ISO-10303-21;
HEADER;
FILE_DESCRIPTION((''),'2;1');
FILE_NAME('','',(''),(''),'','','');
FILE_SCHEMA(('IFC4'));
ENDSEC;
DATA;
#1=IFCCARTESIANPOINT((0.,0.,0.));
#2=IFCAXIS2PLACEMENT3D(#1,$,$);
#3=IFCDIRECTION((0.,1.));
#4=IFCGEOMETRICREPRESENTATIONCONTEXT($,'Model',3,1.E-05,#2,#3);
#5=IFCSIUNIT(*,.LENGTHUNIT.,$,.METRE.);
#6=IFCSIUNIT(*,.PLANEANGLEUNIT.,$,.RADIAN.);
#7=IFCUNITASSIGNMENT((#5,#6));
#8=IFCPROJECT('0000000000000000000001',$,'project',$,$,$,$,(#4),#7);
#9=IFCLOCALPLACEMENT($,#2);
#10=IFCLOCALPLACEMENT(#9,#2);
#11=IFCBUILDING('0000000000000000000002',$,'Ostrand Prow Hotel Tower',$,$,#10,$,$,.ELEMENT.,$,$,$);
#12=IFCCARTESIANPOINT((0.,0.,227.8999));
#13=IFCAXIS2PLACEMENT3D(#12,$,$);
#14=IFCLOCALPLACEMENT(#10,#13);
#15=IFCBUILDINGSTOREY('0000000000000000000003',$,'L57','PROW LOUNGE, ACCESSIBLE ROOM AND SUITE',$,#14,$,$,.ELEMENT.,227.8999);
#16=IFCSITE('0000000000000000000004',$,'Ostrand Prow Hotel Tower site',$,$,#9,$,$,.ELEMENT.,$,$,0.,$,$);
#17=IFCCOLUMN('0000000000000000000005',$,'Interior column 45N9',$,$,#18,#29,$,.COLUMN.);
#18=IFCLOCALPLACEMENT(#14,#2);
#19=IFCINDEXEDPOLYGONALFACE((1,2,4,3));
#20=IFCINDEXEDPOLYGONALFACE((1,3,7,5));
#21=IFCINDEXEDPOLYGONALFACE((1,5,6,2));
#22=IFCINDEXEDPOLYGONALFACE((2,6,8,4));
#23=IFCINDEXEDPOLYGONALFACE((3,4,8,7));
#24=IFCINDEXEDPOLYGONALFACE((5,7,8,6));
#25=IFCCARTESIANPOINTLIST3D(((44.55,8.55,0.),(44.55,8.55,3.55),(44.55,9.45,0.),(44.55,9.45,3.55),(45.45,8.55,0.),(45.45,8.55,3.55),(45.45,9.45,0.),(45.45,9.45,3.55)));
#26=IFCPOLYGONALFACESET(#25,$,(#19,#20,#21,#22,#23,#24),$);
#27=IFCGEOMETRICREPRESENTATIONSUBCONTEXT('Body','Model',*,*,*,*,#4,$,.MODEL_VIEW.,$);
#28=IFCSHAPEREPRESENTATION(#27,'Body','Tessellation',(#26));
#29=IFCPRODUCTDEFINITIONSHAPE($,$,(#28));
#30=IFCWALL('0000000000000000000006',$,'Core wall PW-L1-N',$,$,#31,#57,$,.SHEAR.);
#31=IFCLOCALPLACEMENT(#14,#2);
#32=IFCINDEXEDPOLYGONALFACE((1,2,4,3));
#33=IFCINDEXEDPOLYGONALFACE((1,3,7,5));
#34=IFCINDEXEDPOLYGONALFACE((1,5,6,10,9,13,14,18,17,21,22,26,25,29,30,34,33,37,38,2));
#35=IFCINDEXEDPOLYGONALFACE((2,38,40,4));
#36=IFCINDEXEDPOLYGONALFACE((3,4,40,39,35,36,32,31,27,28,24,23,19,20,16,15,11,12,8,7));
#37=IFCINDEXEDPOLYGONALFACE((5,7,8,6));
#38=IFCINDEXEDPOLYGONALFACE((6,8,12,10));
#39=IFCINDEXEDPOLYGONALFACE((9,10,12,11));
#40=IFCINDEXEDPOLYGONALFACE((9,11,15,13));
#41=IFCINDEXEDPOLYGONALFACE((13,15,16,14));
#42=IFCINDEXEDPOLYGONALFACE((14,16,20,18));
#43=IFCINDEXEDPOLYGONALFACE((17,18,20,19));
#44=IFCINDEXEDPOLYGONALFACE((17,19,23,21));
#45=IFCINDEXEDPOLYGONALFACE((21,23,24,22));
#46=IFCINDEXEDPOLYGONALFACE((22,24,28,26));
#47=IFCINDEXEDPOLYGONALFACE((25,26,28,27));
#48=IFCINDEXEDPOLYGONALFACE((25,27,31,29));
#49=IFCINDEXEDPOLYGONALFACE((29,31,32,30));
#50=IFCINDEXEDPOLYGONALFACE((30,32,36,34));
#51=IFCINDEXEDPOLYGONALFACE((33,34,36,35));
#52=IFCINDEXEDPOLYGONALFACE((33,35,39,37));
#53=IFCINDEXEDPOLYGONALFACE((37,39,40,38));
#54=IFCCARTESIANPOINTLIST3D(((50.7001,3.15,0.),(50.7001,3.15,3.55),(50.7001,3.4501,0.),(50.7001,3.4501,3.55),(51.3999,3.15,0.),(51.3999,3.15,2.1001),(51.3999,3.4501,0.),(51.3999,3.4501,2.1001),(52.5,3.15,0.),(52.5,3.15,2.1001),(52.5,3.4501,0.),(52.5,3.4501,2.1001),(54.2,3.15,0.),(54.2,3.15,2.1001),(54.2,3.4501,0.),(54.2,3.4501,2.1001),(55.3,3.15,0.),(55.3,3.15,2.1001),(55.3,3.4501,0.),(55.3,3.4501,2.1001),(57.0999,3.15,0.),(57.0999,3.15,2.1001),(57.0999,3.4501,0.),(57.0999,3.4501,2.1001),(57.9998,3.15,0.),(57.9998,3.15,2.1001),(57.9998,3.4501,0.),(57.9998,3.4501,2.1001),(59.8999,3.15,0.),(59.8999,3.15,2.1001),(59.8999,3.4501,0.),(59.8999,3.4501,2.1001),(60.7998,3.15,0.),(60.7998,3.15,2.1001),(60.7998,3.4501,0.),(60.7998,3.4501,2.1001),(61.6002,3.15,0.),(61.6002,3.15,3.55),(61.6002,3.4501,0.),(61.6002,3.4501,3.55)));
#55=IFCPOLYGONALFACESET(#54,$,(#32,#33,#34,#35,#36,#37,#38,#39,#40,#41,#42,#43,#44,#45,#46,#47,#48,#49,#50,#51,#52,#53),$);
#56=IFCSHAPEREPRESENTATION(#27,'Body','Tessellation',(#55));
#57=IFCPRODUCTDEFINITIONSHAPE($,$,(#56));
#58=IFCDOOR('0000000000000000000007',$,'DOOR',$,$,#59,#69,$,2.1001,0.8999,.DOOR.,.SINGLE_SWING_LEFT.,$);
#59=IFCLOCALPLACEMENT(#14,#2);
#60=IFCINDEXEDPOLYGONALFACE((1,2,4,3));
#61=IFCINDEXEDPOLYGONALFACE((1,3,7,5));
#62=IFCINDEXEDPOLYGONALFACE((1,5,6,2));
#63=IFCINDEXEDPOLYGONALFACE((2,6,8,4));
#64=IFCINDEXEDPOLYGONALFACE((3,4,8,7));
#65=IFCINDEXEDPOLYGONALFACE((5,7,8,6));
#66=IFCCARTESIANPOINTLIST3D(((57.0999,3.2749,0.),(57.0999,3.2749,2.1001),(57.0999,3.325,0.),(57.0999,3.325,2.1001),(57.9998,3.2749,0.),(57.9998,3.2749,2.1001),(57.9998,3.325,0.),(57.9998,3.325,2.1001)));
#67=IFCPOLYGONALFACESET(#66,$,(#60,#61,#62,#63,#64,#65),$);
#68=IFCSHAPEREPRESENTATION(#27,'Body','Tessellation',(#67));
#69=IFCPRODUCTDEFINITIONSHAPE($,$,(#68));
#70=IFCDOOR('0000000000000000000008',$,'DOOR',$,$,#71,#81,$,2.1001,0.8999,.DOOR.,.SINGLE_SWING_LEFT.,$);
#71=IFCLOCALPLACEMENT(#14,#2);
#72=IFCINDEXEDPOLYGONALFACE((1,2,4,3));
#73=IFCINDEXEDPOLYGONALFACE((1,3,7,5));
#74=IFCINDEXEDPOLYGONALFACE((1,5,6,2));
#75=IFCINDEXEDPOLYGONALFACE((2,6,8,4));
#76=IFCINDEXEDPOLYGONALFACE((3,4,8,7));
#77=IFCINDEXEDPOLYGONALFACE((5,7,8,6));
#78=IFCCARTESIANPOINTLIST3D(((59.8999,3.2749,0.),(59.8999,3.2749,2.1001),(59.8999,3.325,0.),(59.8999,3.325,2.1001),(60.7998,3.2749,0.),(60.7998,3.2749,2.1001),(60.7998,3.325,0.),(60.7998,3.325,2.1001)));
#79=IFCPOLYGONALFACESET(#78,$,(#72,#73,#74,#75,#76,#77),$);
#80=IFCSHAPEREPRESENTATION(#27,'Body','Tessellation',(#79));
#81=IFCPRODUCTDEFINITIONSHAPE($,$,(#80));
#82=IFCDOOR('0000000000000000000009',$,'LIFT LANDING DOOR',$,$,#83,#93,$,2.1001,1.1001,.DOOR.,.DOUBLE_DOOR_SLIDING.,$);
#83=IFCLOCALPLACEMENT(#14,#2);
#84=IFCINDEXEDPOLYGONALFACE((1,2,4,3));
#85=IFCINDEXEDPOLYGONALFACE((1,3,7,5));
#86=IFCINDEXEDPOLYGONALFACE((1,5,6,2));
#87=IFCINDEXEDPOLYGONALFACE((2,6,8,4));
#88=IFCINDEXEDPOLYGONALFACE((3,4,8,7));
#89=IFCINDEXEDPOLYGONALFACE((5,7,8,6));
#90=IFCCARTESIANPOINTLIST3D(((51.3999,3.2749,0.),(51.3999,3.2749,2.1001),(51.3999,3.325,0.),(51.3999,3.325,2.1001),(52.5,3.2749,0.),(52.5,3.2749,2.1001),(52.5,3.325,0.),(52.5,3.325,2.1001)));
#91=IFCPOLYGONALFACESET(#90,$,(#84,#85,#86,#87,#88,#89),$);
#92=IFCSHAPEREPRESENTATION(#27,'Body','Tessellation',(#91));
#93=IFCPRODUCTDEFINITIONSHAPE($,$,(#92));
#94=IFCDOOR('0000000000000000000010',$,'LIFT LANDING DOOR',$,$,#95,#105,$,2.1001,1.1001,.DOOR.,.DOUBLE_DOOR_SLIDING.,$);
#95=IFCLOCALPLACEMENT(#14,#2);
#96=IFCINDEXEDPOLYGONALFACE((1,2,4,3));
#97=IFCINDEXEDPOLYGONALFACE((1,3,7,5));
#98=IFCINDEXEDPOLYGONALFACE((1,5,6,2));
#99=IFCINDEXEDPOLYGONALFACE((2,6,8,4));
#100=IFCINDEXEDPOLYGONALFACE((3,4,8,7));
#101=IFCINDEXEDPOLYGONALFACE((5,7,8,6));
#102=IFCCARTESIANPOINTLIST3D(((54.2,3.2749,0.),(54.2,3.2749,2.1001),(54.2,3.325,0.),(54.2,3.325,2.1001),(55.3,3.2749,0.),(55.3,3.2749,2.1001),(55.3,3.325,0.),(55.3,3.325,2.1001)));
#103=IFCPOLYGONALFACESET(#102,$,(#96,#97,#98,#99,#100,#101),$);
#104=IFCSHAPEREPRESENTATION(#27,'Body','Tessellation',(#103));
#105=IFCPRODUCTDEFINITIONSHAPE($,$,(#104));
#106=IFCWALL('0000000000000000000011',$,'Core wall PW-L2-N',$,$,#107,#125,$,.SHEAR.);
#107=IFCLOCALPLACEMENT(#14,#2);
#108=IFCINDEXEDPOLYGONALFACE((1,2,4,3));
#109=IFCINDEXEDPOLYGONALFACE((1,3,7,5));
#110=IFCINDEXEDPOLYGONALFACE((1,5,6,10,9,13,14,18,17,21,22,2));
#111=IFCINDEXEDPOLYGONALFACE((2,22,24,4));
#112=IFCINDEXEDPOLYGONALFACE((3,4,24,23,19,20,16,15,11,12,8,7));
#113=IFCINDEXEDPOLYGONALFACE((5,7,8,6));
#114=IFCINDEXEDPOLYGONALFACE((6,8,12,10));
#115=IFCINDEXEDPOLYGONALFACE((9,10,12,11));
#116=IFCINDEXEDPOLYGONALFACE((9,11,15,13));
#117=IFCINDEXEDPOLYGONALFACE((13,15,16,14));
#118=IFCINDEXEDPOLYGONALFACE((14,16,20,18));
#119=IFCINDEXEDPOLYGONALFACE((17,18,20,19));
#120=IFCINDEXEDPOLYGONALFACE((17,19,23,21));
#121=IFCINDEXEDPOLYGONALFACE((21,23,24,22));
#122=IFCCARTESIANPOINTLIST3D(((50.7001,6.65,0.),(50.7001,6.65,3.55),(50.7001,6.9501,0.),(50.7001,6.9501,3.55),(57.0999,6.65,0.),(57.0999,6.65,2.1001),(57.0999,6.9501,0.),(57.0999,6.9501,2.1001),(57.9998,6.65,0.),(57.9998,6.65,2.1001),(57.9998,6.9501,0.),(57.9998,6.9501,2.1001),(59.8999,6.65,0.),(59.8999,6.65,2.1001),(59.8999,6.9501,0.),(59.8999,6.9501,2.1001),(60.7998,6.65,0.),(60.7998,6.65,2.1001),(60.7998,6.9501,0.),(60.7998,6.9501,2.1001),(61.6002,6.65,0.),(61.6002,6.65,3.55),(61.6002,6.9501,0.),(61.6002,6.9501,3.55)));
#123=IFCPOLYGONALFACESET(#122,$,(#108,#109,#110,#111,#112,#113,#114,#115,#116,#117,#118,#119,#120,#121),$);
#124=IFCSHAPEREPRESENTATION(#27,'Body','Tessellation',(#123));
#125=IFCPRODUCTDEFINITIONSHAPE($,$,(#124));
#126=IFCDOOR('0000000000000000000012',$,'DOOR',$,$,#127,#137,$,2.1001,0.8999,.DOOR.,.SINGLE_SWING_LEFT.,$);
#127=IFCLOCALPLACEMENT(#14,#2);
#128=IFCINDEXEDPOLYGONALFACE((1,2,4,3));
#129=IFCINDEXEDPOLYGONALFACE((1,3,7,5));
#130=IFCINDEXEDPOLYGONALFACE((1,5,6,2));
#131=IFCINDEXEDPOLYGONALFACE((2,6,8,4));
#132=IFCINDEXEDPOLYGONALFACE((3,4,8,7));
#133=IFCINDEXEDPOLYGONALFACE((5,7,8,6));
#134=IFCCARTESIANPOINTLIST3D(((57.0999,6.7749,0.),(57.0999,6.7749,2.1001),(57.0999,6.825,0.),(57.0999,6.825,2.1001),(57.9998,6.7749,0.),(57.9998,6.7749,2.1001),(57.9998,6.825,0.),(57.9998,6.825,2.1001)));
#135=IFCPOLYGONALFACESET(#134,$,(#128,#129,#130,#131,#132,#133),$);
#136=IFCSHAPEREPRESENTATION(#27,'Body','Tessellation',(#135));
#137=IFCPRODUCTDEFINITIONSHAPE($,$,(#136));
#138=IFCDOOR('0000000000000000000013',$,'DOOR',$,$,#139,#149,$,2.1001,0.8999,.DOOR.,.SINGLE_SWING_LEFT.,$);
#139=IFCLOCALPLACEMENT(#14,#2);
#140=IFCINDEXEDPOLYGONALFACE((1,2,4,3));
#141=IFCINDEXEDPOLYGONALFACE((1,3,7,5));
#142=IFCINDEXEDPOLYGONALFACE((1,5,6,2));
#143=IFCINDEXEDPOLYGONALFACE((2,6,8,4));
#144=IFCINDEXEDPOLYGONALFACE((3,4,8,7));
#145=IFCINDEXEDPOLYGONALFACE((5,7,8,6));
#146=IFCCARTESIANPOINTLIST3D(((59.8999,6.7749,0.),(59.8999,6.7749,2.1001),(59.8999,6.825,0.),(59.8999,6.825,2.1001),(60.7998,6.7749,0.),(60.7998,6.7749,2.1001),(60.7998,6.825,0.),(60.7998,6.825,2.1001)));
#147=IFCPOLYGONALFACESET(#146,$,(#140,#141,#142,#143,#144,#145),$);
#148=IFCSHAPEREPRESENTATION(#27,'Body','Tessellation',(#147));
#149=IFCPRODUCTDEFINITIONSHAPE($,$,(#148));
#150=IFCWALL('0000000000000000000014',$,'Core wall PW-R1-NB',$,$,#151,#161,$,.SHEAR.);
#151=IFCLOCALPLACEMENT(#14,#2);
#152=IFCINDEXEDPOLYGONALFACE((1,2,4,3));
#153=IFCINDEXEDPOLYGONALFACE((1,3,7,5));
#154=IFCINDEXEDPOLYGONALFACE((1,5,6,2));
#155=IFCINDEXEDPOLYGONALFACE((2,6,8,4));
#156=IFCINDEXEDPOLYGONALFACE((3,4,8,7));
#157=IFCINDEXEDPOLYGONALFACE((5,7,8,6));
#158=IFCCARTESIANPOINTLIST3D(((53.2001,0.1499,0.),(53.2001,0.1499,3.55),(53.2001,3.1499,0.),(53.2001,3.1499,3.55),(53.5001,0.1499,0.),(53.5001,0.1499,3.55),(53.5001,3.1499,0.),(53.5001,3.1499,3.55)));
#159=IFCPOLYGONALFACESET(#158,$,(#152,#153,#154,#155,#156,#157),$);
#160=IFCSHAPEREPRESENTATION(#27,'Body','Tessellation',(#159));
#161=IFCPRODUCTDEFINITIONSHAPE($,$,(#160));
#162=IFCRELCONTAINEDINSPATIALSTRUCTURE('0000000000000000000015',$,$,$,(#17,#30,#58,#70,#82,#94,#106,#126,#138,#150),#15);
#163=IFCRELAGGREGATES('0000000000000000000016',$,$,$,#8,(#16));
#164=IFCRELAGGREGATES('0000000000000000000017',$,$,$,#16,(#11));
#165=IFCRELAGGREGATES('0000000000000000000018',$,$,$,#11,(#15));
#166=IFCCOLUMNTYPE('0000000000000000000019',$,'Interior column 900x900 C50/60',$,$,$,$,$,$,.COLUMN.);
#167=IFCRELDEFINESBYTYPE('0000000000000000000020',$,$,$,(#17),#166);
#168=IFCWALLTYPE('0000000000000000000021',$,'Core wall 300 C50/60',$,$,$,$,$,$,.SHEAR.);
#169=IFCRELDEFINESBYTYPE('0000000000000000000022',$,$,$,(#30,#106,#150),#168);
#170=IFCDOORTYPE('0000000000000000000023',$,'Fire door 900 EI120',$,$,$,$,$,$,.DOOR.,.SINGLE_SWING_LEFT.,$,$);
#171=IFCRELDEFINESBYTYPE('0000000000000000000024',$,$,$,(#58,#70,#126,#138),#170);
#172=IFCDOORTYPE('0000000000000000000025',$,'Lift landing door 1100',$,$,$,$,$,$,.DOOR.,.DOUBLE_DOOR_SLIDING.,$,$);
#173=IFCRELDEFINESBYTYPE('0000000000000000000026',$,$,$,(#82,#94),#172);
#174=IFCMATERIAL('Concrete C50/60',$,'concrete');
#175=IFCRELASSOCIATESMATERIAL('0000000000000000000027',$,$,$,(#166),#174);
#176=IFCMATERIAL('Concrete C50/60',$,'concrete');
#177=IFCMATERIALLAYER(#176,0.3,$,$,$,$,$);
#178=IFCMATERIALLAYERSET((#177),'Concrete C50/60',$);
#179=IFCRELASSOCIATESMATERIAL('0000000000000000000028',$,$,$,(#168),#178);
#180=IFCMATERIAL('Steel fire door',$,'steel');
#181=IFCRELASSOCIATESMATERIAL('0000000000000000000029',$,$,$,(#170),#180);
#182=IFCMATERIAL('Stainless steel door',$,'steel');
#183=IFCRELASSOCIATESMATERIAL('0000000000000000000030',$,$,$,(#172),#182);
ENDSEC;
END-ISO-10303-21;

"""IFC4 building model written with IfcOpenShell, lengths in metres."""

from ifc_helpers import new_model, si_unit, direction, frame, frame_2d, origin, origin_2d, place, context, subcontext, project, spatial, rectangle, extrude, material, layer, layer_set, material_profile, profile_set, type_object, element, fill, save


model = new_model("IFC4")

# Units and contexts
model_context = context("Model", 3, precision=1e-05, world=origin(), true_north=direction((0.0, 1.0)))
body_context = subcontext(model_context, "Body", "Model", "MODEL_VIEW")
ifc_project = project(units=[si_unit("LENGTHUNIT", "METRE"), si_unit("PLANEANGLEUNIT", "RADIAN")], contexts=[model_context])

# Site, building, storey
site_placement = place(None, origin())
site = spatial("IfcSite", under=ifc_project, at=site_placement, Name="Ostrand Prow Hotel Tower site", CompositionType="ELEMENT", RefElevation=0.0)
building_placement = place(site_placement, origin())
building = spatial("IfcBuilding", under=site, at=building_placement, Name="Ostrand Prow Hotel Tower", CompositionType="ELEMENT")
storey_placement = place(building_placement, frame((0.0, 0.0, 227.8999)))
storey = spatial("IfcBuildingStorey", under=building, at=storey_placement, Name="L57", Description="PROW LOUNGE, ACCESSIBLE ROOM AND SUITE", CompositionType="ELEMENT", Elevation=227.8999)

# Column
ifc_material_1 = material(Name="Concrete C50/60", Category="concrete")
ifc_material_profile = material_profile(ifc_material_1, rectangle(XDim=0.8999, YDim=0.8999, at=origin_2d()), Name="RC 900x900")
ifc_profile_set = profile_set([ifc_material_profile], Name="Concrete C50/60")
column_type = type_object("IfcColumnType", Name="Interior column 900x900 C50/60", PredefinedType="COLUMN", material=ifc_profile_set)
column_placement = place(storey_placement, frame((45.0, 9.0, 0.0), z_axis=(0.0, 0.0, 1.0), x_axis=(1.0, 0.0, 0.0)))
element("IfcColumn", 1, at=column_placement, inside=storey, type_object=column_type, Name="Interior column 45N9", PredefinedType="COLUMN", context=body_context, shape_type="SweptSolid", body=[
    extrude(rectangle(XDim=0.8999, YDim=0.8999, at=origin_2d()), origin(), (0.0, 0.0, 1.0), 3.55),
])

# Walls, openings, doors
ifc_material_2 = material(Name="Concrete C50/60", Category="concrete")
ifc_layer_1 = layer(ifc_material_2, 0.3)
ifc_layer_set_1 = layer_set([ifc_layer_1], Name="Concrete C50/60")
wall_type_1 = type_object("IfcWallType", Name="Core wall 300 C50/60", PredefinedType="SHEAR", material=ifc_layer_set_1)
wall_1_placement = place(storey_placement, frame((50.7, 3.3, 0.0), z_axis=(0.0, 0.0, 1.0), x_axis=(1.0, 0.0, 0.0)))
wall_1 = element("IfcWall", 2, at=wall_1_placement, inside=storey, type_object=wall_type_1, Name="Core wall PW-L1-N", PredefinedType="SHEAR", context=body_context, shape_type="SweptSolid", body=[
    extrude(rectangle(XDim=10.9001, YDim=0.3, at=frame_2d((5.4502, 0.0))), origin(), (0.0, 0.0, 1.0), 3.55),
])
opening_1_placement = place(wall_1_placement, frame((0.7, 0.0, 0.0)))
opening_1 = element("IfcOpeningElement", 3, at=opening_1_placement, cuts=wall_1, PredefinedType="OPENING", context=body_context, shape_type="SweptSolid", body=[
    extrude(rectangle(XDim=1.1001, YDim=2.1001, at=frame_2d((0.55, 1.05))), frame((0.0, 0.1599, 0.0), z_axis=(0.0, -1.0, 0.0), x_axis=(1.0, 0.0, 0.0)), (0.0, 0.0, 1.0), 0.3201),
])
opening_2_placement = place(wall_1_placement, frame((3.5, 0.0, 0.0)))
opening_2 = element("IfcOpeningElement", 4, at=opening_2_placement, cuts=wall_1, PredefinedType="OPENING", context=body_context, shape_type="SweptSolid", body=[
    extrude(rectangle(XDim=1.1001, YDim=2.1001, at=frame_2d((0.55, 1.05))), frame((0.0, 0.1599, 0.0), z_axis=(0.0, -1.0, 0.0), x_axis=(1.0, 0.0, 0.0)), (0.0, 0.0, 1.0), 0.3201),
])
opening_3_placement = place(wall_1_placement, frame((6.3999, 0.0, 0.0)))
opening_3 = element("IfcOpeningElement", 5, at=opening_3_placement, cuts=wall_1, PredefinedType="OPENING", context=body_context, shape_type="SweptSolid", body=[
    extrude(rectangle(XDim=0.8999, YDim=2.1001, at=frame_2d((0.45, 1.05))), frame((0.0, 0.1599, 0.0), z_axis=(0.0, -1.0, 0.0), x_axis=(1.0, 0.0, 0.0)), (0.0, 0.0, 1.0), 0.3201),
])
opening_4_placement = place(wall_1_placement, frame((9.2, 0.0, 0.0)))
opening_4 = element("IfcOpeningElement", 6, at=opening_4_placement, cuts=wall_1, PredefinedType="OPENING", context=body_context, shape_type="SweptSolid", body=[
    extrude(rectangle(XDim=0.8999, YDim=2.1001, at=frame_2d((0.45, 1.05))), frame((0.0, 0.1599, 0.0), z_axis=(0.0, -1.0, 0.0), x_axis=(1.0, 0.0, 0.0)), (0.0, 0.0, 1.0), 0.3201),
])
ifc_material_3 = material(Name="Steel fire door", Category="steel")
door_type_1 = type_object("IfcDoorType", Name="Fire door 900 EI120", OperationType="SINGLE_SWING_LEFT", PredefinedType="DOOR", material=ifc_material_3)
door_1_placement = place(opening_3_placement, origin())
door_1 = element("IfcDoor", 7, at=door_1_placement, inside=storey, type_object=door_type_1, Name="DOOR", OperationType="SINGLE_SWING_LEFT", OverallHeight=2.1001, OverallWidth=0.8999, PredefinedType="DOOR", context=body_context, shape_type="SweptSolid", body=[
    extrude(rectangle(XDim=0.8999, YDim=2.1001, at=frame_2d((0.45, 1.05))), frame((0.0, 0.0249, 0.0), z_axis=(0.0, -1.0, 0.0), x_axis=(1.0, 0.0, 0.0)), (0.0, 0.0, 1.0), 0.05),
])
fill(opening_3, door_1)
door_2_placement = place(opening_4_placement, origin())
door_2 = element("IfcDoor", 8, at=door_2_placement, inside=storey, type_object=door_type_1, Name="DOOR", OperationType="SINGLE_SWING_LEFT", OverallHeight=2.1001, OverallWidth=0.8999, PredefinedType="DOOR", context=body_context, shape_type="SweptSolid", body=[
    extrude(rectangle(XDim=0.8999, YDim=2.1001, at=frame_2d((0.45, 1.05))), frame((0.0, 0.0249, 0.0), z_axis=(0.0, -1.0, 0.0), x_axis=(1.0, 0.0, 0.0)), (0.0, 0.0, 1.0), 0.05),
])
fill(opening_4, door_2)
ifc_material_4 = material(Name="Stainless steel door", Category="steel")
door_type_2 = type_object("IfcDoorType", Name="Lift landing door 1100", OperationType="DOUBLE_DOOR_SLIDING", PredefinedType="DOOR", material=ifc_material_4)
door_3_placement = place(opening_1_placement, origin())
door_3 = element("IfcDoor", 9, at=door_3_placement, inside=storey, type_object=door_type_2, Name="LIFT LANDING DOOR", OperationType="DOUBLE_DOOR_SLIDING", OverallHeight=2.1001, OverallWidth=1.1001, PredefinedType="DOOR", context=body_context, shape_type="SweptSolid", body=[
    extrude(rectangle(XDim=1.1001, YDim=2.1001, at=frame_2d((0.55, 1.05))), frame((0.0, 0.0249, 0.0), z_axis=(0.0, -1.0, 0.0), x_axis=(1.0, 0.0, 0.0)), (0.0, 0.0, 1.0), 0.05),
])
fill(opening_1, door_3)
door_4_placement = place(opening_2_placement, origin())
door_4 = element("IfcDoor", 10, at=door_4_placement, inside=storey, type_object=door_type_2, Name="LIFT LANDING DOOR", OperationType="DOUBLE_DOOR_SLIDING", OverallHeight=2.1001, OverallWidth=1.1001, PredefinedType="DOOR", context=body_context, shape_type="SweptSolid", body=[
    extrude(rectangle(XDim=1.1001, YDim=2.1001, at=frame_2d((0.55, 1.05))), frame((0.0, 0.0249, 0.0), z_axis=(0.0, -1.0, 0.0), x_axis=(1.0, 0.0, 0.0)), (0.0, 0.0, 1.0), 0.05),
])
fill(opening_2, door_4)
wall_2_placement = place(storey_placement, frame((50.7, 6.8, 0.0), z_axis=(0.0, 0.0, 1.0), x_axis=(1.0, 0.0, 0.0)))
wall_2 = element("IfcWall", 11, at=wall_2_placement, inside=storey, type_object=wall_type_1, Name="Core wall PW-L2-N", PredefinedType="SHEAR", context=body_context, shape_type="SweptSolid", body=[
    extrude(rectangle(XDim=10.9001, YDim=0.3, at=frame_2d((5.4502, 0.0))), origin(), (0.0, 0.0, 1.0), 3.55),
])
opening_5_placement = place(wall_2_placement, frame((6.3999, 0.0, 0.0)))
opening_5 = element("IfcOpeningElement", 12, at=opening_5_placement, cuts=wall_2, PredefinedType="OPENING", context=body_context, shape_type="SweptSolid", body=[
    extrude(rectangle(XDim=0.8999, YDim=2.1001, at=frame_2d((0.45, 1.05))), frame((0.0, 0.1599, 0.0), z_axis=(0.0, -1.0, 0.0), x_axis=(1.0, 0.0, 0.0)), (0.0, 0.0, 1.0), 0.3201),
])
opening_6_placement = place(wall_2_placement, frame((9.2, 0.0, 0.0)))
opening_6 = element("IfcOpeningElement", 13, at=opening_6_placement, cuts=wall_2, PredefinedType="OPENING", context=body_context, shape_type="SweptSolid", body=[
    extrude(rectangle(XDim=0.8999, YDim=2.1001, at=frame_2d((0.45, 1.05))), frame((0.0, 0.1599, 0.0), z_axis=(0.0, -1.0, 0.0), x_axis=(1.0, 0.0, 0.0)), (0.0, 0.0, 1.0), 0.3201),
])
door_5_placement = place(opening_5_placement, origin())
door_5 = element("IfcDoor", 14, at=door_5_placement, inside=storey, type_object=door_type_1, Name="DOOR", OperationType="SINGLE_SWING_LEFT", OverallHeight=2.1001, OverallWidth=0.8999, PredefinedType="DOOR", context=body_context, shape_type="SweptSolid", body=[
    extrude(rectangle(XDim=0.8999, YDim=2.1001, at=frame_2d((0.45, 1.05))), frame((0.0, 0.0249, 0.0), z_axis=(0.0, -1.0, 0.0), x_axis=(1.0, 0.0, 0.0)), (0.0, 0.0, 1.0), 0.05),
])
fill(opening_5, door_5)
door_6_placement = place(opening_6_placement, origin())
door_6 = element("IfcDoor", 15, at=door_6_placement, inside=storey, type_object=door_type_1, Name="DOOR", OperationType="SINGLE_SWING_LEFT", OverallHeight=2.1001, OverallWidth=0.8999, PredefinedType="DOOR", context=body_context, shape_type="SweptSolid", body=[
    extrude(rectangle(XDim=0.8999, YDim=2.1001, at=frame_2d((0.45, 1.05))), frame((0.0, 0.0249, 0.0), z_axis=(0.0, -1.0, 0.0), x_axis=(1.0, 0.0, 0.0)), (0.0, 0.0, 1.0), 0.05),
])
fill(opening_6, door_6)

# Wall
for number, where, z_axis, x_axis, name in (
    (16, (53.3501, 0.1499, 0.0), (0.0, 0.0, 1.0), (0.0, 1.0, 0.0), "Core wall PW-R1-NB"),
):
    element("IfcWall", number, at=place(storey_placement, frame(where, z_axis=z_axis, x_axis=x_axis)), inside=storey, type_object=wall_type_1, Name=name, PredefinedType="SHEAR", context=body_context, shape_type="SweptSolid", body=[
        extrude(rectangle(XDim=3.0, YDim=0.3, at=frame_2d((1.5, 0.0))), origin(), (0.0, 0.0, 1.0), 3.55),
    ])

save(model, "model.ifc")
